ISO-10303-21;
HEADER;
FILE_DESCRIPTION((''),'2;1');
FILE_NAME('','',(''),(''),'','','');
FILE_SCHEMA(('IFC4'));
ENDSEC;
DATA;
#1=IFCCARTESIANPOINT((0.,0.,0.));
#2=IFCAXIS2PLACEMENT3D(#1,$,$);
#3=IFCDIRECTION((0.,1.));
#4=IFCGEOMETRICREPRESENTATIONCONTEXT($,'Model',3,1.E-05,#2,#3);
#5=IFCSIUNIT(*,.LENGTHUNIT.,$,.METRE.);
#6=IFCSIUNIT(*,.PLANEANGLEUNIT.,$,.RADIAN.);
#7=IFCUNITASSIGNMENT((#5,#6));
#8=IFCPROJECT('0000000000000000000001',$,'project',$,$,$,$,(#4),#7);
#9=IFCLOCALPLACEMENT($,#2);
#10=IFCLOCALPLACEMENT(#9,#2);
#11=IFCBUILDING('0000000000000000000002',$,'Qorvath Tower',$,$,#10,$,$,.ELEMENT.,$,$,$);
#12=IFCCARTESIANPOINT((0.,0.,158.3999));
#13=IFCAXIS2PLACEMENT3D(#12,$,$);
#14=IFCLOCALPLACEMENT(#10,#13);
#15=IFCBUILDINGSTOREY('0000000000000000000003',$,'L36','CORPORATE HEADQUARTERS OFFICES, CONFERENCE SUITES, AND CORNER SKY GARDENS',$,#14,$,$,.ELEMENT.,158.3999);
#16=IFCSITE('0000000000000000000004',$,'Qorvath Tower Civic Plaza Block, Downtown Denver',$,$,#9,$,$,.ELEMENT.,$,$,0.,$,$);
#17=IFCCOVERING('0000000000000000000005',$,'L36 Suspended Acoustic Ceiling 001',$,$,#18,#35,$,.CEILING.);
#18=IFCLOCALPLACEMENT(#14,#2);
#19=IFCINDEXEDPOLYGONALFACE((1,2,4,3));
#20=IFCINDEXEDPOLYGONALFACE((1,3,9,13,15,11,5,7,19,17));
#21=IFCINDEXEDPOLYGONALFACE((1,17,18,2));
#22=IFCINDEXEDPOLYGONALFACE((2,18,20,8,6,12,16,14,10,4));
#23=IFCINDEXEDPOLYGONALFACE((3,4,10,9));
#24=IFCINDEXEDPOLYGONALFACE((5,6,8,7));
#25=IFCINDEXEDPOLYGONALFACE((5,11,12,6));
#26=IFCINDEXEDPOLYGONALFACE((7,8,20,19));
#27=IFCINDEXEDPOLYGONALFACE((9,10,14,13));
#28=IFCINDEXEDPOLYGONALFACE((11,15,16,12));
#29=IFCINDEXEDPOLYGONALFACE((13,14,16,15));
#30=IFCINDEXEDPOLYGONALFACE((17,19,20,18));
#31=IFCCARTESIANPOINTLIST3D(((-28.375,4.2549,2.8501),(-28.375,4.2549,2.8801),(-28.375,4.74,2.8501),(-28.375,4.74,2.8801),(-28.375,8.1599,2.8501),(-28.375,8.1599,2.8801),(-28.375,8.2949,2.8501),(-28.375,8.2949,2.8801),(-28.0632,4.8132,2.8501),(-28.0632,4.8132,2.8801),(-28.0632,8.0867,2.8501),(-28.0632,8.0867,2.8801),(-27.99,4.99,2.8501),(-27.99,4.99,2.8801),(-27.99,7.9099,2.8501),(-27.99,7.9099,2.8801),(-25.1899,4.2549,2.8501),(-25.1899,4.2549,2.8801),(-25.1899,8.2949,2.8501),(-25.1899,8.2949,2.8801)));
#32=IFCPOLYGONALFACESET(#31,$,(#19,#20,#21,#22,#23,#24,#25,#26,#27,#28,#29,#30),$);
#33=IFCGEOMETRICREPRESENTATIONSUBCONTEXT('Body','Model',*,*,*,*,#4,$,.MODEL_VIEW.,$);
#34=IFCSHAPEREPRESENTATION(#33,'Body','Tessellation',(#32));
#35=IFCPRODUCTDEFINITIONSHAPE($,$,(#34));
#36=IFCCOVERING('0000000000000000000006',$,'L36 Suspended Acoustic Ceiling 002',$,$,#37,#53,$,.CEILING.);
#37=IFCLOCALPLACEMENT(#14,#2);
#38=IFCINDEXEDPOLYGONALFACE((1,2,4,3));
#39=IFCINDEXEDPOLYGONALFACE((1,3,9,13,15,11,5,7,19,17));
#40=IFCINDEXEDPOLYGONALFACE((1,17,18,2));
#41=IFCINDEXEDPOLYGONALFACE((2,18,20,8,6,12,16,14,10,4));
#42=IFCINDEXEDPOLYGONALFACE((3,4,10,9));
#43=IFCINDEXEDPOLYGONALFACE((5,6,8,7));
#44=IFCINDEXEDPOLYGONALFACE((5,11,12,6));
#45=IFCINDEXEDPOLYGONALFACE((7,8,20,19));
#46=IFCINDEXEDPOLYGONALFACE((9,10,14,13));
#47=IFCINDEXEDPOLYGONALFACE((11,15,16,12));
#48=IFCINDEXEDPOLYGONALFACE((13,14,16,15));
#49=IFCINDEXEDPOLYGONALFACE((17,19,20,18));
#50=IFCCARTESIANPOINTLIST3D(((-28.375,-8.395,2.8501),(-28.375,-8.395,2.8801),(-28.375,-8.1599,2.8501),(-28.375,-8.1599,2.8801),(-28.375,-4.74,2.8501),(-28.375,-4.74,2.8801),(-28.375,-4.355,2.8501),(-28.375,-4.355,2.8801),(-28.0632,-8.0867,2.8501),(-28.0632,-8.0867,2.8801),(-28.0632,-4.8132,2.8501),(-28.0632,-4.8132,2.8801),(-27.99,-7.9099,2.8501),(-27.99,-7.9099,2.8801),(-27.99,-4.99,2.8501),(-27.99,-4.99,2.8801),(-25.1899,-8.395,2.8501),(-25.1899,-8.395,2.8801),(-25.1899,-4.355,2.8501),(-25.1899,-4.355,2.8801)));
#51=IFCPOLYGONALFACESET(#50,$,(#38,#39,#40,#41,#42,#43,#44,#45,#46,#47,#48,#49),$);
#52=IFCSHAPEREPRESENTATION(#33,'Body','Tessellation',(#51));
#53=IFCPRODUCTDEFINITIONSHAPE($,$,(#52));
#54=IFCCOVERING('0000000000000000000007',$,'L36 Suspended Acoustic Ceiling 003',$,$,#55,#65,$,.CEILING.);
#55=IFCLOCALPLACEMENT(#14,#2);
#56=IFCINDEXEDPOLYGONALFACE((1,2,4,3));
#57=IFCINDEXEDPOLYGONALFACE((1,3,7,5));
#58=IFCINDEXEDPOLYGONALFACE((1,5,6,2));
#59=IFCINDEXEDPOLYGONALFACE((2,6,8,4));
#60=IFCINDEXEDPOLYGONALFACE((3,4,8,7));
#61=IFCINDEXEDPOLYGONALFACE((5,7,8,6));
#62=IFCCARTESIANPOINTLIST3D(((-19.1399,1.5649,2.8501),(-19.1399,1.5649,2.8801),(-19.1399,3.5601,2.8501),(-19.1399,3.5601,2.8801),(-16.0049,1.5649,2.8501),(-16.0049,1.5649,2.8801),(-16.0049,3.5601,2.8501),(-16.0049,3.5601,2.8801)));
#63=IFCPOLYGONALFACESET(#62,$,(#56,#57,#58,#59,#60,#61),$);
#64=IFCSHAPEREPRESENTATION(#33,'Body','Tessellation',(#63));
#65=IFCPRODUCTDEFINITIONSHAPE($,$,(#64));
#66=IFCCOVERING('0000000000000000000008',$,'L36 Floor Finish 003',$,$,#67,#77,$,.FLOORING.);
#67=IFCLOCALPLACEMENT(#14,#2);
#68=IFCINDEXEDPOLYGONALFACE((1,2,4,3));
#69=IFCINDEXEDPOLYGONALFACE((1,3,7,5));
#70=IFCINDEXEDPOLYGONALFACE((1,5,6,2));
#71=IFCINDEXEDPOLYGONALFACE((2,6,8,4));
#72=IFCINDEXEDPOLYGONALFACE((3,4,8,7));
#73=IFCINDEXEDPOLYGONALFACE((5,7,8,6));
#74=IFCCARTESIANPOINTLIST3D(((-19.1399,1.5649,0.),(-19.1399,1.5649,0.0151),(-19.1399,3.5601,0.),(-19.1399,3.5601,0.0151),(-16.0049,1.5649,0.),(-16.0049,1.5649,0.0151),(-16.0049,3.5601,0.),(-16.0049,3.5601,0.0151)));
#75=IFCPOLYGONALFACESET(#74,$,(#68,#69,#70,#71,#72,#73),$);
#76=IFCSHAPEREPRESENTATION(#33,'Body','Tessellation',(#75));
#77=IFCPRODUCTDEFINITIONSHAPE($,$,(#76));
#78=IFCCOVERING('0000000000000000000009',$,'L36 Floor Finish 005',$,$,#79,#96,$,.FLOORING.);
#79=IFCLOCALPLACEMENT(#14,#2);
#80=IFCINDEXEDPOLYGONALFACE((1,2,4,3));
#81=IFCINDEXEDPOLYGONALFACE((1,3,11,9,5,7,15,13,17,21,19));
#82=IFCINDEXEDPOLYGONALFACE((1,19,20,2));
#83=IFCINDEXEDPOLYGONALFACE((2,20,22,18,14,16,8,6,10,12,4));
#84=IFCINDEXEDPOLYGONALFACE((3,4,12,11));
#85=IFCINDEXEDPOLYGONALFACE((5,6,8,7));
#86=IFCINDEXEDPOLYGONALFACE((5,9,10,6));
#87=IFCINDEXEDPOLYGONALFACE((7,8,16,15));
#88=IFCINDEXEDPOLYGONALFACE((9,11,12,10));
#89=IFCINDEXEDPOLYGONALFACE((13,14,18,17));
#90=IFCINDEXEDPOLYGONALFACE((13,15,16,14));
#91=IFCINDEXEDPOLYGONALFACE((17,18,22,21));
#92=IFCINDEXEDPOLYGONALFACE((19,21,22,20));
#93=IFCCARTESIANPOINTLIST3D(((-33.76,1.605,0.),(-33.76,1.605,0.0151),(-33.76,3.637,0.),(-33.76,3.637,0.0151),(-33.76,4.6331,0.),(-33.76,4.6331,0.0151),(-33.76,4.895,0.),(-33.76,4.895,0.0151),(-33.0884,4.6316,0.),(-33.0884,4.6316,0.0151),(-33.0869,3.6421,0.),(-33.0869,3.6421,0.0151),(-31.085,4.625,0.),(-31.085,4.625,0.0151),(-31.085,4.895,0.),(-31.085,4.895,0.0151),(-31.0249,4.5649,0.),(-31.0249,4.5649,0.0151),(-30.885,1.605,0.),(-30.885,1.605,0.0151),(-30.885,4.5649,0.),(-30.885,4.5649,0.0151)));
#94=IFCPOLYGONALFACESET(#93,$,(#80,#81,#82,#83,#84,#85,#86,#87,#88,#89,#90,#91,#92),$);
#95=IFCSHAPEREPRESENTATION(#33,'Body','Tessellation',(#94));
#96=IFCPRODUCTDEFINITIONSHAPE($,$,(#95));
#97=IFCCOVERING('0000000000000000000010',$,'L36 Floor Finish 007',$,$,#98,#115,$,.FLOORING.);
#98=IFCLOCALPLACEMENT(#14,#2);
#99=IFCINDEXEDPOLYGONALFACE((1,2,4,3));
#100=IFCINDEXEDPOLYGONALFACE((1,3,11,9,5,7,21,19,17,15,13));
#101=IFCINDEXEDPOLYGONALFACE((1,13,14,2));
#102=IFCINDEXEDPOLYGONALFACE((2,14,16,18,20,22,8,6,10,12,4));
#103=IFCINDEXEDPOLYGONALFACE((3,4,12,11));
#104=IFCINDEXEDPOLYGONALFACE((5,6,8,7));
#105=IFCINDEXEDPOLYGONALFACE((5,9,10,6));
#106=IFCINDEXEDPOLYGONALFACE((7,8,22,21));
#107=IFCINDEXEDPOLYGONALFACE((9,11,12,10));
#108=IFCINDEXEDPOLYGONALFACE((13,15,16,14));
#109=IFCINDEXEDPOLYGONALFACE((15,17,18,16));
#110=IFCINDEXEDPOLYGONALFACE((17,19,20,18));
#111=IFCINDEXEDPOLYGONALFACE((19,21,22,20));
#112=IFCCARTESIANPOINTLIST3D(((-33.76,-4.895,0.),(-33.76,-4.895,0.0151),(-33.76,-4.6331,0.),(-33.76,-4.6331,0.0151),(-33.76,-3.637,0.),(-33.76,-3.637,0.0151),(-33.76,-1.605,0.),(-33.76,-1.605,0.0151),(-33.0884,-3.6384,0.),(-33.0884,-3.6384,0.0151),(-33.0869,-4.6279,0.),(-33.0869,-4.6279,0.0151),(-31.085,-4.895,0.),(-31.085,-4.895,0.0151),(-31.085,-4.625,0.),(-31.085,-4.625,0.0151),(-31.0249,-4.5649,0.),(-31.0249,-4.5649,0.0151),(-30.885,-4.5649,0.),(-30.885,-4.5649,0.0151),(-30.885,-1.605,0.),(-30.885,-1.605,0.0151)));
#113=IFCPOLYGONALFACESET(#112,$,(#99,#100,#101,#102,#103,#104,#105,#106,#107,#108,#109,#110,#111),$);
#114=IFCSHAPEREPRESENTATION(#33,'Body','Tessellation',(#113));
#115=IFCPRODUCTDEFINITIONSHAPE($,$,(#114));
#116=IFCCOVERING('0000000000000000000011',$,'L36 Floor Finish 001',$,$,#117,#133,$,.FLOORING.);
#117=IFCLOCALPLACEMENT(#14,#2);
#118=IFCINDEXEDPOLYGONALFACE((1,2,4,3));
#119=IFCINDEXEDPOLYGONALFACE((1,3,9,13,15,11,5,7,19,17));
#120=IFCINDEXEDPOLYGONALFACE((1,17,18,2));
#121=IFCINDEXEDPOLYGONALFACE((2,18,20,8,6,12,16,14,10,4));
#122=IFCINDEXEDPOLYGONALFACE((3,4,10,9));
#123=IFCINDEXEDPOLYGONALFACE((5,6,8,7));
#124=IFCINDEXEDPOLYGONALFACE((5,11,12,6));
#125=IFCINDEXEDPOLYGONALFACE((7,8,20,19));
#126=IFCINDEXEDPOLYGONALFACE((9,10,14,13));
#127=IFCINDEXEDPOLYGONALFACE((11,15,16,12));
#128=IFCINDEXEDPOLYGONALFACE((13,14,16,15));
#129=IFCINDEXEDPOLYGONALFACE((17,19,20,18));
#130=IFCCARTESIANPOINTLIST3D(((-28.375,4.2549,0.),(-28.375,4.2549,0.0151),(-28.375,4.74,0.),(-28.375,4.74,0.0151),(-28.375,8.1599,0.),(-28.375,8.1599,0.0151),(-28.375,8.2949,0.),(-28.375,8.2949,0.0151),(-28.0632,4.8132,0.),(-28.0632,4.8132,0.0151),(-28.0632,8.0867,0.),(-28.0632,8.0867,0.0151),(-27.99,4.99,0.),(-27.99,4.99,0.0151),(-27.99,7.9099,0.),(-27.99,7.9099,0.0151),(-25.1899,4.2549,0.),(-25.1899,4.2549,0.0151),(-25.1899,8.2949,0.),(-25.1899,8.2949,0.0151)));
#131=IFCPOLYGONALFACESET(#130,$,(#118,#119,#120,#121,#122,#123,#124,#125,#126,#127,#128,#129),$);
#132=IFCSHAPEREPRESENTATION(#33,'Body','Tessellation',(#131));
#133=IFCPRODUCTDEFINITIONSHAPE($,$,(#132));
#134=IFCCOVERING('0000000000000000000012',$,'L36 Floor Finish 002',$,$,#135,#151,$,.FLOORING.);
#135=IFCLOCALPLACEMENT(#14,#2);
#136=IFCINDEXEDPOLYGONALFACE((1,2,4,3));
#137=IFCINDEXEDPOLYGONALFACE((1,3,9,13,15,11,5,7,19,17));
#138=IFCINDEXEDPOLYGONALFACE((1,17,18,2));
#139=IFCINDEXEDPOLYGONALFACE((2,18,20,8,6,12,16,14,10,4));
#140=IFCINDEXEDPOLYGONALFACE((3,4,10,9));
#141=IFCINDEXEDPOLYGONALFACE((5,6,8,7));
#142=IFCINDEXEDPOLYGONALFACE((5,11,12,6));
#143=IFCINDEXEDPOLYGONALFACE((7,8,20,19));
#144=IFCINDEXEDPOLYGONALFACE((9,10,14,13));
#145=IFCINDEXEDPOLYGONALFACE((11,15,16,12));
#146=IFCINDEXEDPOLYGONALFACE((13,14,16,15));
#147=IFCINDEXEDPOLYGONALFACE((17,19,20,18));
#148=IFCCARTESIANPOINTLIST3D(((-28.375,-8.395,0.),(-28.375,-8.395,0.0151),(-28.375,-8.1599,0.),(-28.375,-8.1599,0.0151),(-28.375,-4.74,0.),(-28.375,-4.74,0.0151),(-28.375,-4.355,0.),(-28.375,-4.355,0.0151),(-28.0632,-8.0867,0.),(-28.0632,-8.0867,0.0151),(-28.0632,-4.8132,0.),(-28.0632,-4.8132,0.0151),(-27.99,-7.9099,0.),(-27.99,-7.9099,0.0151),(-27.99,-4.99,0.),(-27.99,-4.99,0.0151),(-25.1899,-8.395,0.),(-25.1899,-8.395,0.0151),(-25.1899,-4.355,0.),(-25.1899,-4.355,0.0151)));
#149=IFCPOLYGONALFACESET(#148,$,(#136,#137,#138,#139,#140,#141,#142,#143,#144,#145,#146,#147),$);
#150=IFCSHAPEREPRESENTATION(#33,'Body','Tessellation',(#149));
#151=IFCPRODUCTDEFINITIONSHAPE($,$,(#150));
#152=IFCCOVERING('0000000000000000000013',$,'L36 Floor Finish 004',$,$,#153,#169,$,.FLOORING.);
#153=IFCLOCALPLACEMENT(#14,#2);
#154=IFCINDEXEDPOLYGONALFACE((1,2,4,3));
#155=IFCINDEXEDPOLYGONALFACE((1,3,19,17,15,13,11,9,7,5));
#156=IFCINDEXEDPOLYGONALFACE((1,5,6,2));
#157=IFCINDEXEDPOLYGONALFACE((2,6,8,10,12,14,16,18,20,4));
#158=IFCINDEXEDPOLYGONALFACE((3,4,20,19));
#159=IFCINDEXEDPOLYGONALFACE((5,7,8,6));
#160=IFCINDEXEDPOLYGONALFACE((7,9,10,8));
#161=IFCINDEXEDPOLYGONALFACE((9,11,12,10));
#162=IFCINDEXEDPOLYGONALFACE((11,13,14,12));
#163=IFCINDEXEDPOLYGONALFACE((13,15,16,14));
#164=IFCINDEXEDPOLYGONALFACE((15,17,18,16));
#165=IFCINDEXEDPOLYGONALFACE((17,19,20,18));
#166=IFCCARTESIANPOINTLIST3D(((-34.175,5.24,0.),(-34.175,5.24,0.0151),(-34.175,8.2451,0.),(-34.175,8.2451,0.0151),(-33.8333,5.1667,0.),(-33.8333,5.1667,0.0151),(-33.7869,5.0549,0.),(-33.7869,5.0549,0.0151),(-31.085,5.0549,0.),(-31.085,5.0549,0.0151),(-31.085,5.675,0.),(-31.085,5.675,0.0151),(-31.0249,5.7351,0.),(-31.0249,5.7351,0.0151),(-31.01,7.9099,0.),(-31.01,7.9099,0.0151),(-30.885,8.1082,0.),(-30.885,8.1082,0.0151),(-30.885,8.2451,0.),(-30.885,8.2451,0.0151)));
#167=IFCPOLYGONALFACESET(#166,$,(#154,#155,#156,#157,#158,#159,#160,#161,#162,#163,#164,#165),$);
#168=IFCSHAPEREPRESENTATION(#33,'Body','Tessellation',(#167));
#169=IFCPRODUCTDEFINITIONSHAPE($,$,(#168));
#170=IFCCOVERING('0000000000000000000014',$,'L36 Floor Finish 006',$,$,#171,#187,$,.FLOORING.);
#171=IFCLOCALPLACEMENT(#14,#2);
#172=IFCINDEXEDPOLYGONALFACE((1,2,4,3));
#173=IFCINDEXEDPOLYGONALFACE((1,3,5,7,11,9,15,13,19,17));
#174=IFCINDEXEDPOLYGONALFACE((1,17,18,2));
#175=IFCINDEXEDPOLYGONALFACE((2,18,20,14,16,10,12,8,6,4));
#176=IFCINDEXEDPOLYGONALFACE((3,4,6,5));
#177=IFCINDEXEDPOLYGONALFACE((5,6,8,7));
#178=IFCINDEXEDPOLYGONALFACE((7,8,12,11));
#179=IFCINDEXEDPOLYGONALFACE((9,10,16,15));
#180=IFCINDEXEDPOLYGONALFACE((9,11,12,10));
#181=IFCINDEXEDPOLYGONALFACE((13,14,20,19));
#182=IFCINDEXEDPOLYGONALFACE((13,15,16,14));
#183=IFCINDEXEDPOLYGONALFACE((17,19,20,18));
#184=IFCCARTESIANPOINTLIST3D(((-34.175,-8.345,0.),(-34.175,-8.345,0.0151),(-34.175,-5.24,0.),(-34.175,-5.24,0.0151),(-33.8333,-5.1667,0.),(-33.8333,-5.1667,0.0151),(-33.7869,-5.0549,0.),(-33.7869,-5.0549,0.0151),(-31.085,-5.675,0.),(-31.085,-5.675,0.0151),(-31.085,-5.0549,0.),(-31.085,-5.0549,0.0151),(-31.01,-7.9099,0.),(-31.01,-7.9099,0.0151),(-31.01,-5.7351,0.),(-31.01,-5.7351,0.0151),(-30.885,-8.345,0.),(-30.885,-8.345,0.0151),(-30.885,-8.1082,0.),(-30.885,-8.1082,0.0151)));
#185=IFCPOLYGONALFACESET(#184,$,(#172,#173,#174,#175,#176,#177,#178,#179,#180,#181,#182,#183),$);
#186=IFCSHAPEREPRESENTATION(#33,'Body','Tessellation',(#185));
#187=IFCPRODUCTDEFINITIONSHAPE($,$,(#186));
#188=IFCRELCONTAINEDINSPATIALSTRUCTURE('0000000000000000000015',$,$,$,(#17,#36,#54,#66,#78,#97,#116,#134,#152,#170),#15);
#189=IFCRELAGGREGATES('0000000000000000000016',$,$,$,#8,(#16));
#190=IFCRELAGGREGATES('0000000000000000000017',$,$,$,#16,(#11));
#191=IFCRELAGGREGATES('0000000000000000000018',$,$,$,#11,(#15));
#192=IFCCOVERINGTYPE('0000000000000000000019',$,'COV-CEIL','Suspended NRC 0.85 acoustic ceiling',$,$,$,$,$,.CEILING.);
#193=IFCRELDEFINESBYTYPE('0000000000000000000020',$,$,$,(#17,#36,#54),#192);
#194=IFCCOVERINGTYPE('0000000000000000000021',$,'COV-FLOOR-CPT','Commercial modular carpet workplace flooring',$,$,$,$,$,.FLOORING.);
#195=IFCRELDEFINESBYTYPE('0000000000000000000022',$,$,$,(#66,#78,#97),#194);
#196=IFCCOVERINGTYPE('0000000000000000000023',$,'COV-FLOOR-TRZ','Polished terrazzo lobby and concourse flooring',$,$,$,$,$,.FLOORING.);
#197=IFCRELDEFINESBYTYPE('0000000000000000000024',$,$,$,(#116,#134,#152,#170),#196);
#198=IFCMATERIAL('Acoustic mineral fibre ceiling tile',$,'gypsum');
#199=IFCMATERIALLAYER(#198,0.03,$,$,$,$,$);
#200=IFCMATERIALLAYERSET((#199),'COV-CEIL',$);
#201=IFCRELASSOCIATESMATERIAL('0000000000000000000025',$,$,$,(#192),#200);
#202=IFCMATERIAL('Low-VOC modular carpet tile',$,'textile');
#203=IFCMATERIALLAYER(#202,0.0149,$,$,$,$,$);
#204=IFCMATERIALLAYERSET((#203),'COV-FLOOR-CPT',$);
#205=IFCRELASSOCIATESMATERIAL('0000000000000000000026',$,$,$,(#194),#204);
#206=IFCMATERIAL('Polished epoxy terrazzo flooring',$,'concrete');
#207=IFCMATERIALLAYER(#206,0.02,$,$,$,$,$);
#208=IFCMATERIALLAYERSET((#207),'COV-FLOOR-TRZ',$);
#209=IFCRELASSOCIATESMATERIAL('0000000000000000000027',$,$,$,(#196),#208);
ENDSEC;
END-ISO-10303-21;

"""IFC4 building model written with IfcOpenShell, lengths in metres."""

from ifc_helpers import new_model, si_unit, direction, frame, origin, place, context, subcontext, project, spatial, polyline, outline, extrude, material, layer, layer_set, type_object, element, save


model = new_model("IFC4")

# Units and contexts
model_context = context("Model", 3, precision=1e-05, world=origin(), true_north=direction((0.0, 1.0)))
body_context = subcontext(model_context, "Body", "Model", "MODEL_VIEW")
ifc_project = project(units=[si_unit("LENGTHUNIT", "METRE"), si_unit("PLANEANGLEUNIT", "RADIAN")], contexts=[model_context])

# Site, building, storey
site_placement = place(None, origin())
site = spatial("IfcSite", under=ifc_project, at=site_placement, Name="Qorvath Tower Civic Plaza Block, Downtown Denver", CompositionType="ELEMENT", RefElevation=0.0)
building_placement = place(site_placement, origin())
building = spatial("IfcBuilding", under=site, at=building_placement, Name="Qorvath Tower", CompositionType="ELEMENT")
storey_placement = place(building_placement, frame((0.0, 0.0, 158.3999)))
storey = spatial("IfcBuildingStorey", under=building, at=storey_placement, Name="L36", Description="CORPORATE HEADQUARTERS OFFICES, CONFERENCE SUITES, AND CORNER SKY GARDENS", CompositionType="ELEMENT", Elevation=158.3999)

# Coverings
ifc_material_1 = material(Name="Acoustic mineral fibre ceiling tile", Category="gypsum")
ifc_layer_1 = layer(ifc_material_1, 0.03)
ifc_layer_set_1 = layer_set([ifc_layer_1], Name="COV-CEIL")
covering_type_1 = type_object("IfcCoveringType", Name="COV-CEIL", Description="Suspended NRC 0.85 acoustic ceiling", PredefinedType="CEILING", material=ifc_layer_set_1)
covering_1_placement = place(storey_placement, frame((0.0, 0.0, 2.8501)))
element("IfcCovering", 1, at=covering_1_placement, inside=storey, type_object=covering_type_1, Name="L36 Suspended Acoustic Ceiling 001", PredefinedType="CEILING", context=body_context, shape_type="SweptSolid", body=[
    extrude(outline(polyline([(-25.1899, 4.2549), (-25.1899, 8.2949), (-28.375, 8.2949), (-28.375, 8.1599), (-28.0632, 8.0867), (-27.99, 7.9099), (-27.99, 4.99), (-28.0632, 4.8132), (-28.375, 4.74), (-28.375, 4.2549), (-25.1899, 4.2549)])), origin(), (0.0, 0.0, 1.0), 0.03),
])
covering_2_placement = place(storey_placement, frame((0.0, 0.0, 2.8501)))
element("IfcCovering", 2, at=covering_2_placement, inside=storey, type_object=covering_type_1, Name="L36 Suspended Acoustic Ceiling 002", PredefinedType="CEILING", context=body_context, shape_type="SweptSolid", body=[
    extrude(outline(polyline([(-25.1899, -8.395), (-25.1899, -4.355), (-28.375, -4.355), (-28.375, -4.74), (-28.0632, -4.8132), (-27.99, -4.99), (-27.99, -7.9099), (-28.0632, -8.0867), (-28.375, -8.1599), (-28.375, -8.395), (-25.1899, -8.395)])), origin(), (0.0, 0.0, 1.0), 0.03),
])
covering_3_placement = place(storey_placement, frame((0.0, 0.0, 2.8501)))
element("IfcCovering", 3, at=covering_3_placement, inside=storey, type_object=covering_type_1, Name="L36 Suspended Acoustic Ceiling 003", PredefinedType="CEILING", context=body_context, shape_type="SweptSolid", body=[
    extrude(outline(polyline([(-16.0049, 3.5601), (-19.1399, 3.5601), (-19.1399, 1.5649), (-16.0049, 1.5649), (-16.0049, 3.5601)])), origin(), (0.0, 0.0, 1.0), 0.03),
])
ifc_material_2 = material(Name="Low-VOC modular carpet tile", Category="textile")
ifc_layer_2 = layer(ifc_material_2, 0.0149)
ifc_layer_set_2 = layer_set([ifc_layer_2], Name="COV-FLOOR-CPT")
covering_type_2 = type_object("IfcCoveringType", Name="COV-FLOOR-CPT", Description="Commercial modular carpet workplace flooring", PredefinedType="FLOORING", material=ifc_layer_set_2)
covering_4_placement = place(storey_placement, origin())
element("IfcCovering", 4, at=covering_4_placement, inside=storey, type_object=covering_type_2, Name="L36 Floor Finish 003", PredefinedType="FLOORING", context=body_context, shape_type="SweptSolid", body=[
    extrude(outline(polyline([(-16.0049, 3.5601), (-19.1399, 3.5601), (-19.1399, 1.5649), (-16.0049, 1.5649), (-16.0049, 3.5601)])), origin(), (0.0, 0.0, 1.0), 0.0151),
])
covering_5_placement = place(storey_placement, origin())
element("IfcCovering", 5, at=covering_5_placement, inside=storey, type_object=covering_type_2, Name="L36 Floor Finish 005", PredefinedType="FLOORING", context=body_context, shape_type="SweptSolid", body=[
    extrude(outline(polyline([(-31.085, 4.895), (-33.76, 4.895), (-33.76, 4.6331), (-33.0884, 4.6316), (-33.0869, 3.6421), (-33.76, 3.637), (-33.76, 1.605), (-30.885, 1.605), (-30.885, 4.5649), (-31.0249, 4.5649), (-31.085, 4.625), (-31.085, 4.895)])), origin(), (0.0, 0.0, 1.0), 0.0151),
])
covering_6_placement = place(storey_placement, origin())
element("IfcCovering", 6, at=covering_6_placement, inside=storey, type_object=covering_type_2, Name="L36 Floor Finish 007", PredefinedType="FLOORING", context=body_context, shape_type="SweptSolid", body=[
    extrude(outline(polyline([(-30.885, -4.5649), (-30.885, -1.605), (-33.76, -1.605), (-33.76, -3.637), (-33.0884, -3.6384), (-33.0869, -4.6279), (-33.76, -4.6331), (-33.76, -4.895), (-31.085, -4.895), (-31.085, -4.625), (-31.0249, -4.5649), (-30.885, -4.5649)])), origin(), (0.0, 0.0, 1.0), 0.0151),
])
ifc_material_3 = material(Name="Polished epoxy terrazzo flooring", Category="concrete")
ifc_layer_3 = layer(ifc_material_3, 0.02)
ifc_layer_set_3 = layer_set([ifc_layer_3], Name="COV-FLOOR-TRZ")
covering_type_3 = type_object("IfcCoveringType", Name="COV-FLOOR-TRZ", Description="Polished terrazzo lobby and concourse flooring", PredefinedType="FLOORING", material=ifc_layer_set_3)
covering_7_placement = place(storey_placement, origin())
element("IfcCovering", 7, at=covering_7_placement, inside=storey, type_object=covering_type_3, Name="L36 Floor Finish 001", PredefinedType="FLOORING", context=body_context, shape_type="SweptSolid", body=[
    extrude(outline(polyline([(-25.1899, 4.2549), (-25.1899, 8.2949), (-28.375, 8.2949), (-28.375, 8.1599), (-28.0632, 8.0867), (-27.99, 7.9099), (-27.99, 4.99), (-28.0632, 4.8132), (-28.375, 4.74), (-28.375, 4.2549), (-25.1899, 4.2549)])), origin(), (0.0, 0.0, 1.0), 0.0151),
])
covering_8_placement = place(storey_placement, origin())
element("IfcCovering", 8, at=covering_8_placement, inside=storey, type_object=covering_type_3, Name="L36 Floor Finish 002", PredefinedType="FLOORING", context=body_context, shape_type="SweptSolid", body=[
    extrude(outline(polyline([(-25.1899, -8.395), (-25.1899, -4.355), (-28.375, -4.355), (-28.375, -4.74), (-28.0632, -4.8132), (-27.99, -4.99), (-27.99, -7.9099), (-28.0632, -8.0867), (-28.375, -8.1599), (-28.375, -8.395), (-25.1899, -8.395)])), origin(), (0.0, 0.0, 1.0), 0.0151),
])
covering_9_placement = place(storey_placement, origin())
element("IfcCovering", 9, at=covering_9_placement, inside=storey, type_object=covering_type_3, Name="L36 Floor Finish 004", PredefinedType="FLOORING", context=body_context, shape_type="SweptSolid", body=[
    extrude(outline(polyline([(-31.01, 7.9099), (-30.885, 8.1082), (-30.885, 8.2451), (-34.175, 8.2451), (-34.175, 5.24), (-33.8333, 5.1667), (-33.7869, 5.0549), (-31.085, 5.0549), (-31.085, 5.675), (-31.0249, 5.7351), (-31.01, 7.9099)])), origin(), (0.0, 0.0, 1.0), 0.0151),
])
covering_10_placement = place(storey_placement, origin())
element("IfcCovering", 10, at=covering_10_placement, inside=storey, type_object=covering_type_3, Name="L36 Floor Finish 006", PredefinedType="FLOORING", context=body_context, shape_type="SweptSolid", body=[
    extrude(outline(polyline([(-31.085, -5.0549), (-33.7869, -5.0549), (-33.8333, -5.1667), (-34.175, -5.24), (-34.175, -8.345), (-30.885, -8.345), (-30.885, -8.1082), (-31.01, -7.9099), (-31.01, -5.7351), (-31.085, -5.675), (-31.085, -5.0549)])), origin(), (0.0, 0.0, 1.0), 0.0151),
])

save(model, "model.ifc")
